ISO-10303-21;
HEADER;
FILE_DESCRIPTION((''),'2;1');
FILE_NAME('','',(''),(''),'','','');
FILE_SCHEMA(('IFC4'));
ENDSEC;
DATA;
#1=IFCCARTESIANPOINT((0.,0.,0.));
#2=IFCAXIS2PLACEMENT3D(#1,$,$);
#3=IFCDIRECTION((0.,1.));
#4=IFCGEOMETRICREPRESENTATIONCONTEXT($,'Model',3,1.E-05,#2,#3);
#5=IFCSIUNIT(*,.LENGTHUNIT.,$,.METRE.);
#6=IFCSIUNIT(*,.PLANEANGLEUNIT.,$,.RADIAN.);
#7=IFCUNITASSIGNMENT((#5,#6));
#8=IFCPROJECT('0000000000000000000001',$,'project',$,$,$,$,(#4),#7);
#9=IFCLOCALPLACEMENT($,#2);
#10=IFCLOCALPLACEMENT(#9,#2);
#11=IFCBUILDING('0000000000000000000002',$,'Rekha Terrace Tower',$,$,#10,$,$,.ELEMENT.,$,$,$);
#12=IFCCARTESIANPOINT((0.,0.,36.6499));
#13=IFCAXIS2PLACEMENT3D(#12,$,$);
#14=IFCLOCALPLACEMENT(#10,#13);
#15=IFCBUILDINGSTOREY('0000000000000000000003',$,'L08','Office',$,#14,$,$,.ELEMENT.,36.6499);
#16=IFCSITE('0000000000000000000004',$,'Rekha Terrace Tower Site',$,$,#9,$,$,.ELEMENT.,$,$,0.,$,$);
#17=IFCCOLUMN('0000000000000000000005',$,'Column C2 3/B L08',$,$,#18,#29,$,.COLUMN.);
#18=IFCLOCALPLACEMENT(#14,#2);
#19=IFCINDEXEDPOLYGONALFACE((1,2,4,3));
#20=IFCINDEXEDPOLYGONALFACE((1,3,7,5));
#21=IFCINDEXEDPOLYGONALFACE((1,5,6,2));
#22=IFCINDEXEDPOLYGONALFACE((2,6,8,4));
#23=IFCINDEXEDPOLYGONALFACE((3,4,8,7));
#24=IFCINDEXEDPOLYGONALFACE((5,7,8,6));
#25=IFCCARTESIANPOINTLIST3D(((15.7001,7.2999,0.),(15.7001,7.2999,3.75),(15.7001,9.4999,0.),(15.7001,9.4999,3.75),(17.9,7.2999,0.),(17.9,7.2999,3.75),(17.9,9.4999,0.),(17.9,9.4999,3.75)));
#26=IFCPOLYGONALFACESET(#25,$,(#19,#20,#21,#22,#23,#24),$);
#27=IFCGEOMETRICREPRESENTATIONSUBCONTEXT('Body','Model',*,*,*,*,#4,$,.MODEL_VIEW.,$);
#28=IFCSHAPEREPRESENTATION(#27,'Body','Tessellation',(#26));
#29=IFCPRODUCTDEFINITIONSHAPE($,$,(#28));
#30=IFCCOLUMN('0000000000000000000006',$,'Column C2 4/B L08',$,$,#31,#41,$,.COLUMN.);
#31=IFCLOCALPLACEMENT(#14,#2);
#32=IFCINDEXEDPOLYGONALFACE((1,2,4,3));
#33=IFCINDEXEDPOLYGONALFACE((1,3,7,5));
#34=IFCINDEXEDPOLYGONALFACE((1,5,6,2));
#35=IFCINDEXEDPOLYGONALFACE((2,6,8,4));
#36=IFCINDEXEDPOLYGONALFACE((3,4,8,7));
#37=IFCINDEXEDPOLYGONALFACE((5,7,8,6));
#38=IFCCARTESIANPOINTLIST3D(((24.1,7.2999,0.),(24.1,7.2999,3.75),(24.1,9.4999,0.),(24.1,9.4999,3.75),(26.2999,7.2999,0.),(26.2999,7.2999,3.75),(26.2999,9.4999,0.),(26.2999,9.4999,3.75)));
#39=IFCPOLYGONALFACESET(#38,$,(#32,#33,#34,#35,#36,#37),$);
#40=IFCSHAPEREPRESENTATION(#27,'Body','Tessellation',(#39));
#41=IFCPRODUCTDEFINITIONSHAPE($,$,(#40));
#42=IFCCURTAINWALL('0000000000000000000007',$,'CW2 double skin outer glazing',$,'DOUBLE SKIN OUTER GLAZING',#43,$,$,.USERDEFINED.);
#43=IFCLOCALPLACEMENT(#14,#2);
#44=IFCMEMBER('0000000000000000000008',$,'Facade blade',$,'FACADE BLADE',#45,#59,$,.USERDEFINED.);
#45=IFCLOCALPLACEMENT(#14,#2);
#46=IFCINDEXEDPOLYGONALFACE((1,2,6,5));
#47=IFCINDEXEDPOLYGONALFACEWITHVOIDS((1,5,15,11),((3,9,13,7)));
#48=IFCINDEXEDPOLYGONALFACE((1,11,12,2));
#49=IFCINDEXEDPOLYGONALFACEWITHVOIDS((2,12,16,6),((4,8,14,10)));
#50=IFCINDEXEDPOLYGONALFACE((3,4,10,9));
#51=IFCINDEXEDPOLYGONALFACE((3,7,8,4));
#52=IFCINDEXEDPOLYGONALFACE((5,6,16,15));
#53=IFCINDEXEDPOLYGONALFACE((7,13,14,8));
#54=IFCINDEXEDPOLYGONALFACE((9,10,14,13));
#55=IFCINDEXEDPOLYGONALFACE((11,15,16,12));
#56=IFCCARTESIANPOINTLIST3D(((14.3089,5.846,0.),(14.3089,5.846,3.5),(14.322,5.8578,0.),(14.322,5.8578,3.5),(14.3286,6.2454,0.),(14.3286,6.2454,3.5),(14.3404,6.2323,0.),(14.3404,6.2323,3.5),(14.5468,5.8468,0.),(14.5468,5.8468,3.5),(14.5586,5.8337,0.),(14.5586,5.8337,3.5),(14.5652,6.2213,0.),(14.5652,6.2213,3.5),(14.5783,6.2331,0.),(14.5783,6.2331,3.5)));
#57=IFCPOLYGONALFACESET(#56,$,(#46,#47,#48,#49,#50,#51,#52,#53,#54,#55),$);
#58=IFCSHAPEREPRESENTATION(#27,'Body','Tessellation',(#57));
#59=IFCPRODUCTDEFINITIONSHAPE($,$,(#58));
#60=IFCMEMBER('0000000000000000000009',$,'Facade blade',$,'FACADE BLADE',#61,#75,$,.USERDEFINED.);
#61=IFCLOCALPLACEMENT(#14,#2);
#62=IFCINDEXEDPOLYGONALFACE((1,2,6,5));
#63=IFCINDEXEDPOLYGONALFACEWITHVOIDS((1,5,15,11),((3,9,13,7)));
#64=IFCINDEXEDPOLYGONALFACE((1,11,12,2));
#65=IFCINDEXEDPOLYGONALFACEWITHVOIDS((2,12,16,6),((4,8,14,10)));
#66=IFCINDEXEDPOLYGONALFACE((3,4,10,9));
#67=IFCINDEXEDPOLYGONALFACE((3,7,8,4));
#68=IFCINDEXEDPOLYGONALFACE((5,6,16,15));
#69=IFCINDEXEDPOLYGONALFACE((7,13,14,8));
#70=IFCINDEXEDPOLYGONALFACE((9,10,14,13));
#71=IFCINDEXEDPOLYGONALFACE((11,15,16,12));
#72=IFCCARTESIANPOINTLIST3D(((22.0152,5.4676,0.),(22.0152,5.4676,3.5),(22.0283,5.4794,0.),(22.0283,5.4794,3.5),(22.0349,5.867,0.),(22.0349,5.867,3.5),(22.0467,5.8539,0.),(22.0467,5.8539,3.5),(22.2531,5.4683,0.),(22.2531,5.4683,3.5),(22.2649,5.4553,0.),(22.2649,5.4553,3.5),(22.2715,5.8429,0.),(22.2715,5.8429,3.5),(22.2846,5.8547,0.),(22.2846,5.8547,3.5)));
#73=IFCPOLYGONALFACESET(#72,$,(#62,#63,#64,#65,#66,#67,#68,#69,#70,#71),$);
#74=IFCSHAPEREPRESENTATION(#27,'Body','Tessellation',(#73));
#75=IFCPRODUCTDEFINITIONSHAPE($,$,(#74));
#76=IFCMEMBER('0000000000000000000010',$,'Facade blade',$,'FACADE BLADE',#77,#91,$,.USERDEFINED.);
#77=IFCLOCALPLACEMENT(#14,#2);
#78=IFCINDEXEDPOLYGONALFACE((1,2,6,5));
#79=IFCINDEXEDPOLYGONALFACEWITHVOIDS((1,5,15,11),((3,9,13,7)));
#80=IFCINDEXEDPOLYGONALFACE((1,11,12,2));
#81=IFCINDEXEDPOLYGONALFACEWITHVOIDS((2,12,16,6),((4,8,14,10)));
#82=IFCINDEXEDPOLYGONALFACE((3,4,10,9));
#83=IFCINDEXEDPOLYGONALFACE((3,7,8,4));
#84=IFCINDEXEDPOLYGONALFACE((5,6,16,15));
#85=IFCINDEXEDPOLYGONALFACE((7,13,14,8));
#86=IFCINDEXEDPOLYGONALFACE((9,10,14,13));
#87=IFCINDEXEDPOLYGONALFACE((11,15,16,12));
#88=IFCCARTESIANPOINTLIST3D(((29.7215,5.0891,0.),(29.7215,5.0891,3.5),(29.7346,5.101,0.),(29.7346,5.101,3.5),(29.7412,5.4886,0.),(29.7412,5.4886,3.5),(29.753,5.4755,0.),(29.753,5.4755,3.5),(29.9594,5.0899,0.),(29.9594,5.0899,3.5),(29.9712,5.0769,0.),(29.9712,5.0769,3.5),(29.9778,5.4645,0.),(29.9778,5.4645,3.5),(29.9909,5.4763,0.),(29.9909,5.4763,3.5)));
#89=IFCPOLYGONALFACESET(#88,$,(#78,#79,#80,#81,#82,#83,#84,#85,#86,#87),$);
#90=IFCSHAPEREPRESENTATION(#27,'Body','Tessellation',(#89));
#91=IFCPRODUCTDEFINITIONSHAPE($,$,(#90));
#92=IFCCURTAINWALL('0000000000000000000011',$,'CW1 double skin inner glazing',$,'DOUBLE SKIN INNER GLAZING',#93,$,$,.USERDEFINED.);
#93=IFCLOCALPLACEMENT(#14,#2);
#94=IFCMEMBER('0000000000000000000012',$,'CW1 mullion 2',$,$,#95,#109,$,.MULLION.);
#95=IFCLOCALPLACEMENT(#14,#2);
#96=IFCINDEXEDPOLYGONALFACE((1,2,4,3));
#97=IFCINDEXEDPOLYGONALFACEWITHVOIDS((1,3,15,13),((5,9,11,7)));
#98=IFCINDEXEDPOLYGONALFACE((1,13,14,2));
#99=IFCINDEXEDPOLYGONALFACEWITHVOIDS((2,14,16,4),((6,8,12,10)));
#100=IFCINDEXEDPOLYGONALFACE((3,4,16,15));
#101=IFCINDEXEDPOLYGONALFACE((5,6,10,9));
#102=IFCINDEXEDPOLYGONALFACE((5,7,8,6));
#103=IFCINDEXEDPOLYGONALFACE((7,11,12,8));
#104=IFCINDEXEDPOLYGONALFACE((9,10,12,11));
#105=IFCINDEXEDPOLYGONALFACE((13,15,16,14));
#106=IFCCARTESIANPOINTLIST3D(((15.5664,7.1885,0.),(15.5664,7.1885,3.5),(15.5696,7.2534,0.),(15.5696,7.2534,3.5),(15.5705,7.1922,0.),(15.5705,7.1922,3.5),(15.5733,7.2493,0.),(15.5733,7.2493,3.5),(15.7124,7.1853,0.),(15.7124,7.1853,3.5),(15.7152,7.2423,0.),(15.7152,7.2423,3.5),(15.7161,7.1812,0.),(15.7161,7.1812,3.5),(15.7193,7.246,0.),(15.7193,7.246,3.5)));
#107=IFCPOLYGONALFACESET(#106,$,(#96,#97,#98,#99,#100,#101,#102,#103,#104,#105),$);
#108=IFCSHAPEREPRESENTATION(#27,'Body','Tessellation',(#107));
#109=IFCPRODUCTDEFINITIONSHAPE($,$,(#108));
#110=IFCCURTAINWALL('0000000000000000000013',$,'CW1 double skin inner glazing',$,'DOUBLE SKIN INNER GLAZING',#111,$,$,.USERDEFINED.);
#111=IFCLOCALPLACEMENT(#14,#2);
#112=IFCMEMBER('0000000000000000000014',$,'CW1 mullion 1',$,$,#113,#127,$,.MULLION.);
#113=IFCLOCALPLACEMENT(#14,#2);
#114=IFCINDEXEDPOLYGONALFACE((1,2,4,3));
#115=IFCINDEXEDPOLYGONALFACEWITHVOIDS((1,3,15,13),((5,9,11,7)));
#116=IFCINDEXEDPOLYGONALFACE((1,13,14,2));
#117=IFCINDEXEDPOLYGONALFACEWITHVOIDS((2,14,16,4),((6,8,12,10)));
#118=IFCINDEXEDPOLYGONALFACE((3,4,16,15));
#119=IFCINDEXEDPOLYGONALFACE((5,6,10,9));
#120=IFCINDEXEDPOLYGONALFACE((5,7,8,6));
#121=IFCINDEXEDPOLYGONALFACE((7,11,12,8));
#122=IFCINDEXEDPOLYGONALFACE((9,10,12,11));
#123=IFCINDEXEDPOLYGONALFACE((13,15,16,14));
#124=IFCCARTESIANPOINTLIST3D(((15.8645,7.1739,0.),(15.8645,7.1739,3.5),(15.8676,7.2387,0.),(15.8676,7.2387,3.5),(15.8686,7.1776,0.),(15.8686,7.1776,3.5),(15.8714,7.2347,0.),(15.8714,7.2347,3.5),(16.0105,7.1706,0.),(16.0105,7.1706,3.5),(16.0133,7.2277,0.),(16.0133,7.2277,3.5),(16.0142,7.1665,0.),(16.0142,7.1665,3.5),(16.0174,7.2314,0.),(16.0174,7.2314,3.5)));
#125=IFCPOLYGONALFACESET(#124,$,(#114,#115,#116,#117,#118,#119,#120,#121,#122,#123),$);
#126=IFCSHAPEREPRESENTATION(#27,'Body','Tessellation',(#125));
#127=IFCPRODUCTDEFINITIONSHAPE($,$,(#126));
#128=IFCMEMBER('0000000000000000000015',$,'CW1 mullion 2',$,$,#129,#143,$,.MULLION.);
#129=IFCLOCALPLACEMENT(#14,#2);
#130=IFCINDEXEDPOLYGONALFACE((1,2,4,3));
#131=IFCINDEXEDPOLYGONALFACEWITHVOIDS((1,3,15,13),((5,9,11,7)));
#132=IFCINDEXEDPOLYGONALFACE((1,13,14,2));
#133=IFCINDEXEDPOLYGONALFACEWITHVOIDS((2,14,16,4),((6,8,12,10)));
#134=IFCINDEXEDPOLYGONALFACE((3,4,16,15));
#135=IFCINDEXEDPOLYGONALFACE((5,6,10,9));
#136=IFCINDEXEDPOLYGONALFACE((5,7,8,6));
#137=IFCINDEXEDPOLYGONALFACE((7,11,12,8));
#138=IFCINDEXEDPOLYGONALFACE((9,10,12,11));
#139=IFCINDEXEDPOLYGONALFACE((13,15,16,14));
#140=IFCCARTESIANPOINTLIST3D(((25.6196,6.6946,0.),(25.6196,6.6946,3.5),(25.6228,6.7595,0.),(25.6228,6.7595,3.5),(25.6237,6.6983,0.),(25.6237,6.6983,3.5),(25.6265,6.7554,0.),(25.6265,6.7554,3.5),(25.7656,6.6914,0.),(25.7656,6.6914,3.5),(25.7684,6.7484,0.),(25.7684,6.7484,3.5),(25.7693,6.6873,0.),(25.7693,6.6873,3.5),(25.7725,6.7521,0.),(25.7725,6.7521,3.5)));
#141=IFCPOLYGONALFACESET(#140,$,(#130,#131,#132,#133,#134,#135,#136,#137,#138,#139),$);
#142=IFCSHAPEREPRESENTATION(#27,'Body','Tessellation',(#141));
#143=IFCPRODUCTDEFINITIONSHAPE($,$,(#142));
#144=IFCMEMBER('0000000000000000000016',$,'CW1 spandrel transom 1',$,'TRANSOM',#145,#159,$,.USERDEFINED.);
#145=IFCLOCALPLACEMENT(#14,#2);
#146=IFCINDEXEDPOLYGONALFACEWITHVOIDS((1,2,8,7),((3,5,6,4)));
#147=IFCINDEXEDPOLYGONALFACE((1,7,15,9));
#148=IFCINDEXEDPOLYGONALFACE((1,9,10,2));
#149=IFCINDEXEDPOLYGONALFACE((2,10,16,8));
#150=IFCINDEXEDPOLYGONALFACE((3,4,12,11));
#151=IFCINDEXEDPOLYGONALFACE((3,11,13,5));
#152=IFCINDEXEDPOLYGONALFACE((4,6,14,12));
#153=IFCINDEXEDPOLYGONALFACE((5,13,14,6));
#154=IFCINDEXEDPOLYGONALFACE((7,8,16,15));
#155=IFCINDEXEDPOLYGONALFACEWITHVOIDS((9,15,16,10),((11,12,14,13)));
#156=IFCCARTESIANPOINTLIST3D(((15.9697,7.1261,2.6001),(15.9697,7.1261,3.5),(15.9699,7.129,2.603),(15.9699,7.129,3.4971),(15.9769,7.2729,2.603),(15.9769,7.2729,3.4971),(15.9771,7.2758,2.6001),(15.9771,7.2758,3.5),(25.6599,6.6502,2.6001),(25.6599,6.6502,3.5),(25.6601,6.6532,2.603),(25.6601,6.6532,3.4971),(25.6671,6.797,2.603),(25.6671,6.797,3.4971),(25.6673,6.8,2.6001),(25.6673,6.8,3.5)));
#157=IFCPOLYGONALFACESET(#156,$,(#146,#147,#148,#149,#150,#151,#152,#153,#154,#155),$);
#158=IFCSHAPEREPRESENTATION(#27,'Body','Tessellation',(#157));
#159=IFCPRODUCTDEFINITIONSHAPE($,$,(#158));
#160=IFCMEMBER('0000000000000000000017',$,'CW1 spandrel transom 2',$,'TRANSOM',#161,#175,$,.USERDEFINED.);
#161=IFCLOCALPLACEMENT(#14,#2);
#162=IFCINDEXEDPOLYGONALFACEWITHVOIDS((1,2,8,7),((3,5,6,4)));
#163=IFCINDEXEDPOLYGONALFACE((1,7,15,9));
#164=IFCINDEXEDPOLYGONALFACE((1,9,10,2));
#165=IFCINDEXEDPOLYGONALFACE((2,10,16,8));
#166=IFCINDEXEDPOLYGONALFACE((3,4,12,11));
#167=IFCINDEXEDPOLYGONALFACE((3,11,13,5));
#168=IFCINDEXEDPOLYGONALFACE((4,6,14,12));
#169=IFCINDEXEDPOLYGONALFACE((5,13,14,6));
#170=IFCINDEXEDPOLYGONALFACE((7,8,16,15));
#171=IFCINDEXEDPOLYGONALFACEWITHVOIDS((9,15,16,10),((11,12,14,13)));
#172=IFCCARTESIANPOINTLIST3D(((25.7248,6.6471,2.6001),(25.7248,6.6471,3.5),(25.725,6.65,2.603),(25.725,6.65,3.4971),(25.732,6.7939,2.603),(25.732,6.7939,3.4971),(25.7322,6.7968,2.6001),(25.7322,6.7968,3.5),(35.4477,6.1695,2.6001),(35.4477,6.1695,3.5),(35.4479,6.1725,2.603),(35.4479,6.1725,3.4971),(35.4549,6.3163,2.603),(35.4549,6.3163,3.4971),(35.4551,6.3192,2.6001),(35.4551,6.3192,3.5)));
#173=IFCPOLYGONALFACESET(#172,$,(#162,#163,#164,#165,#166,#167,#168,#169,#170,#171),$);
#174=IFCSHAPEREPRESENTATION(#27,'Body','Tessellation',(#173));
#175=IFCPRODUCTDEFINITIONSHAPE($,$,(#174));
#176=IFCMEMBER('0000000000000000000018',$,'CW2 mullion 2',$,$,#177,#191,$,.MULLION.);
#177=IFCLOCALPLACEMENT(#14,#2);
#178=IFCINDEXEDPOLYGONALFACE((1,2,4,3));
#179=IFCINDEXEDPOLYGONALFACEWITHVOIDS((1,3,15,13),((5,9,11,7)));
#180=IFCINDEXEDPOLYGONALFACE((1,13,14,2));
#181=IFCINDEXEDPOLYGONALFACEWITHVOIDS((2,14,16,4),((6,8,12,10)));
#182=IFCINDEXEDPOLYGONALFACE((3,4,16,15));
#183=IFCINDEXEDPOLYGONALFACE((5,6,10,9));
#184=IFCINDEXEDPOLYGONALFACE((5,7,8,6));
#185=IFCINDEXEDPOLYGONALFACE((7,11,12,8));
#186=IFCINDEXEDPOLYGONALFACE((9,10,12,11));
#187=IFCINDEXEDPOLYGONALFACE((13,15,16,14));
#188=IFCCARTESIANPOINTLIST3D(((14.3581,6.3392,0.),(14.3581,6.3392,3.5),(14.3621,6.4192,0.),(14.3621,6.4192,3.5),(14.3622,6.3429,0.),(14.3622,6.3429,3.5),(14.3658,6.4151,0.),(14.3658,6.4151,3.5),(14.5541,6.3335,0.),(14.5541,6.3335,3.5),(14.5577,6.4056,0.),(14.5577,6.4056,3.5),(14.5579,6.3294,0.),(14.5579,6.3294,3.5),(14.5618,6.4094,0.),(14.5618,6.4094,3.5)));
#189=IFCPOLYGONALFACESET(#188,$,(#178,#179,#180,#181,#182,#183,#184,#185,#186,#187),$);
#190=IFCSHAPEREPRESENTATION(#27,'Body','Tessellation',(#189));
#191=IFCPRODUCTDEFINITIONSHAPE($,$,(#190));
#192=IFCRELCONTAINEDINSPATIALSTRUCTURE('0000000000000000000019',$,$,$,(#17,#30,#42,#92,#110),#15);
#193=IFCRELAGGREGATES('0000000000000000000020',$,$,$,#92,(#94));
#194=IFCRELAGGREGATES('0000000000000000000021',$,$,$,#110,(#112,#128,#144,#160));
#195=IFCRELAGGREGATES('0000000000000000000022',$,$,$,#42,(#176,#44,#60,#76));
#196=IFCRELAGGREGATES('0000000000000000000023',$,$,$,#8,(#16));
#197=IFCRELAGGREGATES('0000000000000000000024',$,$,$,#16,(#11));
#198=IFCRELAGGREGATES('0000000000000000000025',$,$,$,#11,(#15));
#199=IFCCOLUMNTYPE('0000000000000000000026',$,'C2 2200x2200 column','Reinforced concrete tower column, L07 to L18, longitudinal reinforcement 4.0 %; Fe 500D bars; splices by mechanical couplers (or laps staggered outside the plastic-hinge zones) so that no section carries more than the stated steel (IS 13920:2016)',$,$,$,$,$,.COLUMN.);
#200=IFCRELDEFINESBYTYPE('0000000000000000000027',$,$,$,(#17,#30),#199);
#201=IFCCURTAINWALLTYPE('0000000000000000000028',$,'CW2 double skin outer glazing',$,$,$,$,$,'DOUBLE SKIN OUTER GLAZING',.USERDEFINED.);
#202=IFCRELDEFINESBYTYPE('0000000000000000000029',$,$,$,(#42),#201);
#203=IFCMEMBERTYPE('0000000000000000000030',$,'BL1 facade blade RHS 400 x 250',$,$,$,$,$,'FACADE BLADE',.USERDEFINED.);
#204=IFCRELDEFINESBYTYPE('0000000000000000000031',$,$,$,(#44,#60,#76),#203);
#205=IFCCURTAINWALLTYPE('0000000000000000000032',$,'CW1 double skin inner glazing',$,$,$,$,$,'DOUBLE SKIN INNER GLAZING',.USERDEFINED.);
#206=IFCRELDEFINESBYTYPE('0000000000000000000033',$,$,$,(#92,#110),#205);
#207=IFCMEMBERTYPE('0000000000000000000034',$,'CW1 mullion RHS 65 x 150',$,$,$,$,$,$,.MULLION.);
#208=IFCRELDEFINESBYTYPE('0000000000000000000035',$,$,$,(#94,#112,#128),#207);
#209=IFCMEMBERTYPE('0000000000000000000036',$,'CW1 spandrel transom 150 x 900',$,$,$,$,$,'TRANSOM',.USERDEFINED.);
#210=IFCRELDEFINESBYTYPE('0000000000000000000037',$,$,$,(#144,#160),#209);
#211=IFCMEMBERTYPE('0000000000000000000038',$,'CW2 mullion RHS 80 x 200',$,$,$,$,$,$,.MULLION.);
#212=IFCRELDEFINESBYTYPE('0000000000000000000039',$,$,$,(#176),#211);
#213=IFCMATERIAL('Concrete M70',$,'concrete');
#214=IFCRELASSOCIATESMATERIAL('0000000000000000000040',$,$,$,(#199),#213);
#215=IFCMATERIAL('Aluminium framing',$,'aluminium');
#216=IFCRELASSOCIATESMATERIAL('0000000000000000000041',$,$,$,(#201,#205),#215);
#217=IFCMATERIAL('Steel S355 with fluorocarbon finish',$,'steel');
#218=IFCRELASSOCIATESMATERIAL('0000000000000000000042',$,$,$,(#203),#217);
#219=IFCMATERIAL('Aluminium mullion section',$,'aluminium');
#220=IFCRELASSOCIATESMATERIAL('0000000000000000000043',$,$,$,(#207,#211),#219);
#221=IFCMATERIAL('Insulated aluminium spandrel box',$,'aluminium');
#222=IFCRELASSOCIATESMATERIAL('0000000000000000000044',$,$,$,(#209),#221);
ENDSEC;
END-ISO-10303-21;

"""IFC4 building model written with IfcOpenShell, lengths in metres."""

from ifc_helpers import new_model, si_unit, direction, frame, origin, origin_2d, place, context, subcontext, project, spatial, rectangle, hollow_rectangle, extrude, material, material_profile, profile_set, type_object, element, aggregate, save


model = new_model("IFC4")

# Units and contexts
model_context = context("Model", 3, precision=1e-05, world=origin(), true_north=direction((0.0, 1.0)))
body_context = subcontext(model_context, "Body", "Model", "MODEL_VIEW")
ifc_project = project(units=[si_unit("LENGTHUNIT", "METRE"), si_unit("PLANEANGLEUNIT", "RADIAN")], contexts=[model_context])

# Site, building, storey
site_placement = place(None, origin())
site = spatial("IfcSite", under=ifc_project, at=site_placement, Name="Rekha Terrace Tower Site", CompositionType="ELEMENT", RefElevation=0.0)
building_placement = place(site_placement, origin())
building = spatial("IfcBuilding", under=site, at=building_placement, Name="Rekha Terrace Tower", CompositionType="ELEMENT")
storey_placement = place(building_placement, frame((0.0, 0.0, 36.6499)))
storey = spatial("IfcBuildingStorey", under=building, at=storey_placement, Name="L08", Description="Office", CompositionType="ELEMENT", Elevation=36.6499)

# Columns
ifc_material_1 = material(Name="Concrete M70", Category="concrete")
ifc_material_profile_1 = material_profile(ifc_material_1, rectangle(XDim=2.2, YDim=2.2, at=origin_2d()), Name="RC 2200x2200")
ifc_profile_set_1 = profile_set([ifc_material_profile_1], Name="Concrete M70")
column_type = type_object("IfcColumnType", Name="C2 2200x2200 column", Description="Reinforced concrete tower column, L07 to L18, longitudinal reinforcement 4.0 %; Fe 500D bars; splices by mechanical couplers (or laps staggered outside the plastic-hinge zones) so that no section carries more than the stated steel (IS 13920:2016)", PredefinedType="COLUMN", material=ifc_profile_set_1)
for number, where, z_axis, x_axis, name in (
    (1, (16.8, 8.3999, 0.0), (0.0, 0.0, 1.0), (1.0, 0.0, 0.0), "Column C2 3/B L08"),
    (2, (25.2, 8.3999, 0.0), (0.0, 0.0, 1.0), (1.0, 0.0, 0.0), "Column C2 4/B L08"),
):
    element("IfcColumn", number, at=place(storey_placement, frame(where, z_axis=z_axis, x_axis=x_axis)), inside=storey, type_object=column_type, Name=name, PredefinedType="COLUMN", context=body_context, shape_type="SweptSolid", body=[
        extrude(rectangle(XDim=2.2, YDim=2.2, at=origin_2d()), origin(), (0.0, 0.0, 1.0), 3.75),
    ])

# Curtain wall, members
ifc_material_2 = material(Name="Aluminium framing", Category="aluminium")
curtain_wall_type_1 = type_object("IfcCurtainWallType", Name="CW2 double skin outer glazing", ElementType="DOUBLE SKIN OUTER GLAZING", PredefinedType="USERDEFINED", material=ifc_material_2)
curtain_wall_1_placement = place(storey_placement, origin())
curtain_wall_1 = element("IfcCurtainWall", 3, at=curtain_wall_1_placement, inside=storey, type_object=curtain_wall_type_1, Name="CW2 double skin outer glazing", ObjectType="DOUBLE SKIN OUTER GLAZING", PredefinedType="USERDEFINED")
ifc_material_3 = material(Name="Steel S355 with fluorocarbon finish", Category="steel")
ifc_material_profile_2 = material_profile(ifc_material_3, hollow_rectangle(XDim=0.25, YDim=0.3999, WallThickness=0.0125, at=origin_2d()), Name="RHS400x250x12.5")
ifc_profile_set_2 = profile_set([ifc_material_profile_2], Name="Steel S355 with fluorocarbon finish")
member_type_1 = type_object("IfcMemberType", Name="BL1 facade blade RHS 400 x 250", ElementType="FACADE BLADE", PredefinedType="USERDEFINED", material=ifc_profile_set_2)
member_1_placement = place(storey_placement, frame((14.4436, 6.0396, 0.0), z_axis=(0.0, 0.0, 1.0), x_axis=(0.998796, -0.049052, 0.0)))
member_1 = element("IfcMember", 4, at=member_1_placement, type_object=member_type_1, Name="Facade blade", ObjectType="FACADE BLADE", PredefinedType="USERDEFINED", context=body_context, shape_type="SweptSolid", body=[
    extrude(hollow_rectangle(XDim=0.25, YDim=0.3999, WallThickness=0.0125, at=origin_2d()), origin(), (0.0, 0.0, 1.0), 3.5),
])
member_2_placement = place(storey_placement, frame((22.1499, 5.6611, 0.0), z_axis=(0.0, 0.0, 1.0), x_axis=(0.998796, -0.049052, 0.0)))
member_2 = element("IfcMember", 5, at=member_2_placement, type_object=member_type_1, Name="Facade blade", ObjectType="FACADE BLADE", PredefinedType="USERDEFINED", context=body_context, shape_type="SweptSolid", body=[
    extrude(hollow_rectangle(XDim=0.25, YDim=0.3999, WallThickness=0.0125, at=origin_2d()), origin(), (0.0, 0.0, 1.0), 3.5),
])
member_3_placement = place(storey_placement, frame((29.8562, 5.2827, 0.0), z_axis=(0.0, 0.0, 1.0), x_axis=(0.998796, -0.049052, 0.0)))
member_3 = element("IfcMember", 6, at=member_3_placement, type_object=member_type_1, Name="Facade blade", ObjectType="FACADE BLADE", PredefinedType="USERDEFINED", context=body_context, shape_type="SweptSolid", body=[
    extrude(hollow_rectangle(XDim=0.25, YDim=0.3999, WallThickness=0.0125, at=origin_2d()), origin(), (0.0, 0.0, 1.0), 3.5),
])

# Curtain wall, member
curtain_wall_type_2 = type_object("IfcCurtainWallType", Name="CW1 double skin inner glazing", ElementType="DOUBLE SKIN INNER GLAZING", PredefinedType="USERDEFINED", material=ifc_material_2)
curtain_wall_2_placement = place(storey_placement, origin())
curtain_wall_2 = element("IfcCurtainWall", 7, at=curtain_wall_2_placement, inside=storey, type_object=curtain_wall_type_2, Name="CW1 double skin inner glazing", ObjectType="DOUBLE SKIN INNER GLAZING", PredefinedType="USERDEFINED")
ifc_material_4 = material(Name="Aluminium mullion section", Category="aluminium")
ifc_material_profile_3 = material_profile(ifc_material_4, hollow_rectangle(XDim=0.0649, YDim=0.1499, WallThickness=0.0039, at=origin_2d()), Name="AL RHS 65x150")
ifc_profile_set_3 = profile_set([ifc_material_profile_3], Name="Aluminium mullion section")
member_type_2 = type_object("IfcMemberType", Name="CW1 mullion RHS 65 x 150", PredefinedType="MULLION", material=ifc_profile_set_3)
member_4_placement = place(storey_placement, frame((15.6428, 7.2173, 0.0), z_axis=(0.0, 0.0, 1.0), x_axis=(0.049052, 0.998796, 0.0)))
member_4 = element("IfcMember", 8, at=member_4_placement, type_object=member_type_2, Name="CW1 mullion 2", PredefinedType="MULLION", context=body_context, shape_type="SweptSolid", body=[
    extrude(hollow_rectangle(XDim=0.0649, YDim=0.1499, WallThickness=0.0039, at=origin_2d()), origin(), (0.0, 0.0, 1.0), 3.5),
])

# Curtain wall, members
curtain_wall_3_placement = place(storey_placement, origin())
curtain_wall_3 = element("IfcCurtainWall", 9, at=curtain_wall_3_placement, inside=storey, type_object=curtain_wall_type_2, Name="CW1 double skin inner glazing", ObjectType="DOUBLE SKIN INNER GLAZING", PredefinedType="USERDEFINED")
member_5_placement = place(storey_placement, frame((15.9409, 7.2026, 0.0), z_axis=(0.0, 0.0, 1.0), x_axis=(0.049052, 0.998796, 0.0)))
member_5 = element("IfcMember", 10, at=member_5_placement, type_object=member_type_2, Name="CW1 mullion 1", PredefinedType="MULLION", context=body_context, shape_type="SweptSolid", body=[
    extrude(hollow_rectangle(XDim=0.0649, YDim=0.1499, WallThickness=0.0039, at=origin_2d()), origin(), (0.0, 0.0, 1.0), 3.5),
])
member_6_placement = place(storey_placement, frame((25.696, 6.7234, 0.0), z_axis=(0.0, 0.0, 1.0), x_axis=(0.049052, 0.998796, 0.0)))
member_6 = element("IfcMember", 11, at=member_6_placement, type_object=member_type_2, Name="CW1 mullion 2", PredefinedType="MULLION", context=body_context, shape_type="SweptSolid", body=[
    extrude(hollow_rectangle(XDim=0.0649, YDim=0.1499, WallThickness=0.0039, at=origin_2d()), origin(), (0.0, 0.0, 1.0), 3.5),
])
ifc_material_5 = material(Name="Insulated aluminium spandrel box", Category="aluminium")
ifc_material_profile_4 = material_profile(ifc_material_5, hollow_rectangle(XDim=0.1499, YDim=0.8999, WallThickness=0.0029, at=origin_2d()), Name="AL SPANDREL BOX 150x900")
ifc_profile_set_4 = profile_set([ifc_material_profile_4], Name="Insulated aluminium spandrel box")
member_type_3 = type_object("IfcMemberType", Name="CW1 spandrel transom 150 x 900", ElementType="TRANSOM", PredefinedType="USERDEFINED", material=ifc_profile_set_4)
member_7_placement = place(storey_placement, frame((15.9734, 7.2009, 3.05), z_axis=(0.998797, -0.049045, 0.0), x_axis=(0.049045, 0.998797, 0.0)))
member_7 = element("IfcMember", 12, at=member_7_placement, type_object=member_type_3, Name="CW1 spandrel transom 1", ObjectType="TRANSOM", PredefinedType="USERDEFINED", context=body_context, shape_type="SweptSolid", body=[
    extrude(hollow_rectangle(XDim=0.1499, YDim=0.8999, WallThickness=0.0029, at=origin_2d()), origin(), (0.0, 0.0, 1.0), 9.7019),
])
member_8_placement = place(storey_placement, frame((25.7285, 6.7219, 3.05), z_axis=(0.998796, -0.049056, 0.0), x_axis=(0.049056, 0.998796, 0.0)))
member_8 = element("IfcMember", 13, at=member_8_placement, type_object=member_type_3, Name="CW1 spandrel transom 2", ObjectType="TRANSOM", PredefinedType="USERDEFINED", context=body_context, shape_type="SweptSolid", body=[
    extrude(hollow_rectangle(XDim=0.1499, YDim=0.8999, WallThickness=0.0029, at=origin_2d()), origin(), (0.0, 0.0, 1.0), 9.7346),
])

# Member
ifc_material_profile_5 = material_profile(ifc_material_4, hollow_rectangle(XDim=0.0801, YDim=0.2, WallThickness=0.0039, at=origin_2d()), Name="AL RHS 80x200")
ifc_profile_set_5 = profile_set([ifc_material_profile_5], Name="Aluminium mullion section")
member_type_4 = type_object("IfcMemberType", Name="CW2 mullion RHS 80 x 200", PredefinedType="MULLION", material=ifc_profile_set_5)
member_9_placement = place(storey_placement, frame((14.46, 6.3743, 0.0), z_axis=(0.0, 0.0, 1.0), x_axis=(0.049052, 0.998796, 0.0)))
member_9 = element("IfcMember", 14, at=member_9_placement, type_object=member_type_4, Name="CW2 mullion 2", PredefinedType="MULLION", context=body_context, shape_type="SweptSolid", body=[
    extrude(hollow_rectangle(XDim=0.0801, YDim=0.2, WallThickness=0.0039, at=origin_2d()), origin(), (0.0, 0.0, 1.0), 3.5),
])

aggregate(curtain_wall_2, [member_4])
aggregate(curtain_wall_3, [member_5, member_6, member_7, member_8])
aggregate(curtain_wall_1, [member_9, member_1, member_2, member_3])

save(model, "model.ifc")
